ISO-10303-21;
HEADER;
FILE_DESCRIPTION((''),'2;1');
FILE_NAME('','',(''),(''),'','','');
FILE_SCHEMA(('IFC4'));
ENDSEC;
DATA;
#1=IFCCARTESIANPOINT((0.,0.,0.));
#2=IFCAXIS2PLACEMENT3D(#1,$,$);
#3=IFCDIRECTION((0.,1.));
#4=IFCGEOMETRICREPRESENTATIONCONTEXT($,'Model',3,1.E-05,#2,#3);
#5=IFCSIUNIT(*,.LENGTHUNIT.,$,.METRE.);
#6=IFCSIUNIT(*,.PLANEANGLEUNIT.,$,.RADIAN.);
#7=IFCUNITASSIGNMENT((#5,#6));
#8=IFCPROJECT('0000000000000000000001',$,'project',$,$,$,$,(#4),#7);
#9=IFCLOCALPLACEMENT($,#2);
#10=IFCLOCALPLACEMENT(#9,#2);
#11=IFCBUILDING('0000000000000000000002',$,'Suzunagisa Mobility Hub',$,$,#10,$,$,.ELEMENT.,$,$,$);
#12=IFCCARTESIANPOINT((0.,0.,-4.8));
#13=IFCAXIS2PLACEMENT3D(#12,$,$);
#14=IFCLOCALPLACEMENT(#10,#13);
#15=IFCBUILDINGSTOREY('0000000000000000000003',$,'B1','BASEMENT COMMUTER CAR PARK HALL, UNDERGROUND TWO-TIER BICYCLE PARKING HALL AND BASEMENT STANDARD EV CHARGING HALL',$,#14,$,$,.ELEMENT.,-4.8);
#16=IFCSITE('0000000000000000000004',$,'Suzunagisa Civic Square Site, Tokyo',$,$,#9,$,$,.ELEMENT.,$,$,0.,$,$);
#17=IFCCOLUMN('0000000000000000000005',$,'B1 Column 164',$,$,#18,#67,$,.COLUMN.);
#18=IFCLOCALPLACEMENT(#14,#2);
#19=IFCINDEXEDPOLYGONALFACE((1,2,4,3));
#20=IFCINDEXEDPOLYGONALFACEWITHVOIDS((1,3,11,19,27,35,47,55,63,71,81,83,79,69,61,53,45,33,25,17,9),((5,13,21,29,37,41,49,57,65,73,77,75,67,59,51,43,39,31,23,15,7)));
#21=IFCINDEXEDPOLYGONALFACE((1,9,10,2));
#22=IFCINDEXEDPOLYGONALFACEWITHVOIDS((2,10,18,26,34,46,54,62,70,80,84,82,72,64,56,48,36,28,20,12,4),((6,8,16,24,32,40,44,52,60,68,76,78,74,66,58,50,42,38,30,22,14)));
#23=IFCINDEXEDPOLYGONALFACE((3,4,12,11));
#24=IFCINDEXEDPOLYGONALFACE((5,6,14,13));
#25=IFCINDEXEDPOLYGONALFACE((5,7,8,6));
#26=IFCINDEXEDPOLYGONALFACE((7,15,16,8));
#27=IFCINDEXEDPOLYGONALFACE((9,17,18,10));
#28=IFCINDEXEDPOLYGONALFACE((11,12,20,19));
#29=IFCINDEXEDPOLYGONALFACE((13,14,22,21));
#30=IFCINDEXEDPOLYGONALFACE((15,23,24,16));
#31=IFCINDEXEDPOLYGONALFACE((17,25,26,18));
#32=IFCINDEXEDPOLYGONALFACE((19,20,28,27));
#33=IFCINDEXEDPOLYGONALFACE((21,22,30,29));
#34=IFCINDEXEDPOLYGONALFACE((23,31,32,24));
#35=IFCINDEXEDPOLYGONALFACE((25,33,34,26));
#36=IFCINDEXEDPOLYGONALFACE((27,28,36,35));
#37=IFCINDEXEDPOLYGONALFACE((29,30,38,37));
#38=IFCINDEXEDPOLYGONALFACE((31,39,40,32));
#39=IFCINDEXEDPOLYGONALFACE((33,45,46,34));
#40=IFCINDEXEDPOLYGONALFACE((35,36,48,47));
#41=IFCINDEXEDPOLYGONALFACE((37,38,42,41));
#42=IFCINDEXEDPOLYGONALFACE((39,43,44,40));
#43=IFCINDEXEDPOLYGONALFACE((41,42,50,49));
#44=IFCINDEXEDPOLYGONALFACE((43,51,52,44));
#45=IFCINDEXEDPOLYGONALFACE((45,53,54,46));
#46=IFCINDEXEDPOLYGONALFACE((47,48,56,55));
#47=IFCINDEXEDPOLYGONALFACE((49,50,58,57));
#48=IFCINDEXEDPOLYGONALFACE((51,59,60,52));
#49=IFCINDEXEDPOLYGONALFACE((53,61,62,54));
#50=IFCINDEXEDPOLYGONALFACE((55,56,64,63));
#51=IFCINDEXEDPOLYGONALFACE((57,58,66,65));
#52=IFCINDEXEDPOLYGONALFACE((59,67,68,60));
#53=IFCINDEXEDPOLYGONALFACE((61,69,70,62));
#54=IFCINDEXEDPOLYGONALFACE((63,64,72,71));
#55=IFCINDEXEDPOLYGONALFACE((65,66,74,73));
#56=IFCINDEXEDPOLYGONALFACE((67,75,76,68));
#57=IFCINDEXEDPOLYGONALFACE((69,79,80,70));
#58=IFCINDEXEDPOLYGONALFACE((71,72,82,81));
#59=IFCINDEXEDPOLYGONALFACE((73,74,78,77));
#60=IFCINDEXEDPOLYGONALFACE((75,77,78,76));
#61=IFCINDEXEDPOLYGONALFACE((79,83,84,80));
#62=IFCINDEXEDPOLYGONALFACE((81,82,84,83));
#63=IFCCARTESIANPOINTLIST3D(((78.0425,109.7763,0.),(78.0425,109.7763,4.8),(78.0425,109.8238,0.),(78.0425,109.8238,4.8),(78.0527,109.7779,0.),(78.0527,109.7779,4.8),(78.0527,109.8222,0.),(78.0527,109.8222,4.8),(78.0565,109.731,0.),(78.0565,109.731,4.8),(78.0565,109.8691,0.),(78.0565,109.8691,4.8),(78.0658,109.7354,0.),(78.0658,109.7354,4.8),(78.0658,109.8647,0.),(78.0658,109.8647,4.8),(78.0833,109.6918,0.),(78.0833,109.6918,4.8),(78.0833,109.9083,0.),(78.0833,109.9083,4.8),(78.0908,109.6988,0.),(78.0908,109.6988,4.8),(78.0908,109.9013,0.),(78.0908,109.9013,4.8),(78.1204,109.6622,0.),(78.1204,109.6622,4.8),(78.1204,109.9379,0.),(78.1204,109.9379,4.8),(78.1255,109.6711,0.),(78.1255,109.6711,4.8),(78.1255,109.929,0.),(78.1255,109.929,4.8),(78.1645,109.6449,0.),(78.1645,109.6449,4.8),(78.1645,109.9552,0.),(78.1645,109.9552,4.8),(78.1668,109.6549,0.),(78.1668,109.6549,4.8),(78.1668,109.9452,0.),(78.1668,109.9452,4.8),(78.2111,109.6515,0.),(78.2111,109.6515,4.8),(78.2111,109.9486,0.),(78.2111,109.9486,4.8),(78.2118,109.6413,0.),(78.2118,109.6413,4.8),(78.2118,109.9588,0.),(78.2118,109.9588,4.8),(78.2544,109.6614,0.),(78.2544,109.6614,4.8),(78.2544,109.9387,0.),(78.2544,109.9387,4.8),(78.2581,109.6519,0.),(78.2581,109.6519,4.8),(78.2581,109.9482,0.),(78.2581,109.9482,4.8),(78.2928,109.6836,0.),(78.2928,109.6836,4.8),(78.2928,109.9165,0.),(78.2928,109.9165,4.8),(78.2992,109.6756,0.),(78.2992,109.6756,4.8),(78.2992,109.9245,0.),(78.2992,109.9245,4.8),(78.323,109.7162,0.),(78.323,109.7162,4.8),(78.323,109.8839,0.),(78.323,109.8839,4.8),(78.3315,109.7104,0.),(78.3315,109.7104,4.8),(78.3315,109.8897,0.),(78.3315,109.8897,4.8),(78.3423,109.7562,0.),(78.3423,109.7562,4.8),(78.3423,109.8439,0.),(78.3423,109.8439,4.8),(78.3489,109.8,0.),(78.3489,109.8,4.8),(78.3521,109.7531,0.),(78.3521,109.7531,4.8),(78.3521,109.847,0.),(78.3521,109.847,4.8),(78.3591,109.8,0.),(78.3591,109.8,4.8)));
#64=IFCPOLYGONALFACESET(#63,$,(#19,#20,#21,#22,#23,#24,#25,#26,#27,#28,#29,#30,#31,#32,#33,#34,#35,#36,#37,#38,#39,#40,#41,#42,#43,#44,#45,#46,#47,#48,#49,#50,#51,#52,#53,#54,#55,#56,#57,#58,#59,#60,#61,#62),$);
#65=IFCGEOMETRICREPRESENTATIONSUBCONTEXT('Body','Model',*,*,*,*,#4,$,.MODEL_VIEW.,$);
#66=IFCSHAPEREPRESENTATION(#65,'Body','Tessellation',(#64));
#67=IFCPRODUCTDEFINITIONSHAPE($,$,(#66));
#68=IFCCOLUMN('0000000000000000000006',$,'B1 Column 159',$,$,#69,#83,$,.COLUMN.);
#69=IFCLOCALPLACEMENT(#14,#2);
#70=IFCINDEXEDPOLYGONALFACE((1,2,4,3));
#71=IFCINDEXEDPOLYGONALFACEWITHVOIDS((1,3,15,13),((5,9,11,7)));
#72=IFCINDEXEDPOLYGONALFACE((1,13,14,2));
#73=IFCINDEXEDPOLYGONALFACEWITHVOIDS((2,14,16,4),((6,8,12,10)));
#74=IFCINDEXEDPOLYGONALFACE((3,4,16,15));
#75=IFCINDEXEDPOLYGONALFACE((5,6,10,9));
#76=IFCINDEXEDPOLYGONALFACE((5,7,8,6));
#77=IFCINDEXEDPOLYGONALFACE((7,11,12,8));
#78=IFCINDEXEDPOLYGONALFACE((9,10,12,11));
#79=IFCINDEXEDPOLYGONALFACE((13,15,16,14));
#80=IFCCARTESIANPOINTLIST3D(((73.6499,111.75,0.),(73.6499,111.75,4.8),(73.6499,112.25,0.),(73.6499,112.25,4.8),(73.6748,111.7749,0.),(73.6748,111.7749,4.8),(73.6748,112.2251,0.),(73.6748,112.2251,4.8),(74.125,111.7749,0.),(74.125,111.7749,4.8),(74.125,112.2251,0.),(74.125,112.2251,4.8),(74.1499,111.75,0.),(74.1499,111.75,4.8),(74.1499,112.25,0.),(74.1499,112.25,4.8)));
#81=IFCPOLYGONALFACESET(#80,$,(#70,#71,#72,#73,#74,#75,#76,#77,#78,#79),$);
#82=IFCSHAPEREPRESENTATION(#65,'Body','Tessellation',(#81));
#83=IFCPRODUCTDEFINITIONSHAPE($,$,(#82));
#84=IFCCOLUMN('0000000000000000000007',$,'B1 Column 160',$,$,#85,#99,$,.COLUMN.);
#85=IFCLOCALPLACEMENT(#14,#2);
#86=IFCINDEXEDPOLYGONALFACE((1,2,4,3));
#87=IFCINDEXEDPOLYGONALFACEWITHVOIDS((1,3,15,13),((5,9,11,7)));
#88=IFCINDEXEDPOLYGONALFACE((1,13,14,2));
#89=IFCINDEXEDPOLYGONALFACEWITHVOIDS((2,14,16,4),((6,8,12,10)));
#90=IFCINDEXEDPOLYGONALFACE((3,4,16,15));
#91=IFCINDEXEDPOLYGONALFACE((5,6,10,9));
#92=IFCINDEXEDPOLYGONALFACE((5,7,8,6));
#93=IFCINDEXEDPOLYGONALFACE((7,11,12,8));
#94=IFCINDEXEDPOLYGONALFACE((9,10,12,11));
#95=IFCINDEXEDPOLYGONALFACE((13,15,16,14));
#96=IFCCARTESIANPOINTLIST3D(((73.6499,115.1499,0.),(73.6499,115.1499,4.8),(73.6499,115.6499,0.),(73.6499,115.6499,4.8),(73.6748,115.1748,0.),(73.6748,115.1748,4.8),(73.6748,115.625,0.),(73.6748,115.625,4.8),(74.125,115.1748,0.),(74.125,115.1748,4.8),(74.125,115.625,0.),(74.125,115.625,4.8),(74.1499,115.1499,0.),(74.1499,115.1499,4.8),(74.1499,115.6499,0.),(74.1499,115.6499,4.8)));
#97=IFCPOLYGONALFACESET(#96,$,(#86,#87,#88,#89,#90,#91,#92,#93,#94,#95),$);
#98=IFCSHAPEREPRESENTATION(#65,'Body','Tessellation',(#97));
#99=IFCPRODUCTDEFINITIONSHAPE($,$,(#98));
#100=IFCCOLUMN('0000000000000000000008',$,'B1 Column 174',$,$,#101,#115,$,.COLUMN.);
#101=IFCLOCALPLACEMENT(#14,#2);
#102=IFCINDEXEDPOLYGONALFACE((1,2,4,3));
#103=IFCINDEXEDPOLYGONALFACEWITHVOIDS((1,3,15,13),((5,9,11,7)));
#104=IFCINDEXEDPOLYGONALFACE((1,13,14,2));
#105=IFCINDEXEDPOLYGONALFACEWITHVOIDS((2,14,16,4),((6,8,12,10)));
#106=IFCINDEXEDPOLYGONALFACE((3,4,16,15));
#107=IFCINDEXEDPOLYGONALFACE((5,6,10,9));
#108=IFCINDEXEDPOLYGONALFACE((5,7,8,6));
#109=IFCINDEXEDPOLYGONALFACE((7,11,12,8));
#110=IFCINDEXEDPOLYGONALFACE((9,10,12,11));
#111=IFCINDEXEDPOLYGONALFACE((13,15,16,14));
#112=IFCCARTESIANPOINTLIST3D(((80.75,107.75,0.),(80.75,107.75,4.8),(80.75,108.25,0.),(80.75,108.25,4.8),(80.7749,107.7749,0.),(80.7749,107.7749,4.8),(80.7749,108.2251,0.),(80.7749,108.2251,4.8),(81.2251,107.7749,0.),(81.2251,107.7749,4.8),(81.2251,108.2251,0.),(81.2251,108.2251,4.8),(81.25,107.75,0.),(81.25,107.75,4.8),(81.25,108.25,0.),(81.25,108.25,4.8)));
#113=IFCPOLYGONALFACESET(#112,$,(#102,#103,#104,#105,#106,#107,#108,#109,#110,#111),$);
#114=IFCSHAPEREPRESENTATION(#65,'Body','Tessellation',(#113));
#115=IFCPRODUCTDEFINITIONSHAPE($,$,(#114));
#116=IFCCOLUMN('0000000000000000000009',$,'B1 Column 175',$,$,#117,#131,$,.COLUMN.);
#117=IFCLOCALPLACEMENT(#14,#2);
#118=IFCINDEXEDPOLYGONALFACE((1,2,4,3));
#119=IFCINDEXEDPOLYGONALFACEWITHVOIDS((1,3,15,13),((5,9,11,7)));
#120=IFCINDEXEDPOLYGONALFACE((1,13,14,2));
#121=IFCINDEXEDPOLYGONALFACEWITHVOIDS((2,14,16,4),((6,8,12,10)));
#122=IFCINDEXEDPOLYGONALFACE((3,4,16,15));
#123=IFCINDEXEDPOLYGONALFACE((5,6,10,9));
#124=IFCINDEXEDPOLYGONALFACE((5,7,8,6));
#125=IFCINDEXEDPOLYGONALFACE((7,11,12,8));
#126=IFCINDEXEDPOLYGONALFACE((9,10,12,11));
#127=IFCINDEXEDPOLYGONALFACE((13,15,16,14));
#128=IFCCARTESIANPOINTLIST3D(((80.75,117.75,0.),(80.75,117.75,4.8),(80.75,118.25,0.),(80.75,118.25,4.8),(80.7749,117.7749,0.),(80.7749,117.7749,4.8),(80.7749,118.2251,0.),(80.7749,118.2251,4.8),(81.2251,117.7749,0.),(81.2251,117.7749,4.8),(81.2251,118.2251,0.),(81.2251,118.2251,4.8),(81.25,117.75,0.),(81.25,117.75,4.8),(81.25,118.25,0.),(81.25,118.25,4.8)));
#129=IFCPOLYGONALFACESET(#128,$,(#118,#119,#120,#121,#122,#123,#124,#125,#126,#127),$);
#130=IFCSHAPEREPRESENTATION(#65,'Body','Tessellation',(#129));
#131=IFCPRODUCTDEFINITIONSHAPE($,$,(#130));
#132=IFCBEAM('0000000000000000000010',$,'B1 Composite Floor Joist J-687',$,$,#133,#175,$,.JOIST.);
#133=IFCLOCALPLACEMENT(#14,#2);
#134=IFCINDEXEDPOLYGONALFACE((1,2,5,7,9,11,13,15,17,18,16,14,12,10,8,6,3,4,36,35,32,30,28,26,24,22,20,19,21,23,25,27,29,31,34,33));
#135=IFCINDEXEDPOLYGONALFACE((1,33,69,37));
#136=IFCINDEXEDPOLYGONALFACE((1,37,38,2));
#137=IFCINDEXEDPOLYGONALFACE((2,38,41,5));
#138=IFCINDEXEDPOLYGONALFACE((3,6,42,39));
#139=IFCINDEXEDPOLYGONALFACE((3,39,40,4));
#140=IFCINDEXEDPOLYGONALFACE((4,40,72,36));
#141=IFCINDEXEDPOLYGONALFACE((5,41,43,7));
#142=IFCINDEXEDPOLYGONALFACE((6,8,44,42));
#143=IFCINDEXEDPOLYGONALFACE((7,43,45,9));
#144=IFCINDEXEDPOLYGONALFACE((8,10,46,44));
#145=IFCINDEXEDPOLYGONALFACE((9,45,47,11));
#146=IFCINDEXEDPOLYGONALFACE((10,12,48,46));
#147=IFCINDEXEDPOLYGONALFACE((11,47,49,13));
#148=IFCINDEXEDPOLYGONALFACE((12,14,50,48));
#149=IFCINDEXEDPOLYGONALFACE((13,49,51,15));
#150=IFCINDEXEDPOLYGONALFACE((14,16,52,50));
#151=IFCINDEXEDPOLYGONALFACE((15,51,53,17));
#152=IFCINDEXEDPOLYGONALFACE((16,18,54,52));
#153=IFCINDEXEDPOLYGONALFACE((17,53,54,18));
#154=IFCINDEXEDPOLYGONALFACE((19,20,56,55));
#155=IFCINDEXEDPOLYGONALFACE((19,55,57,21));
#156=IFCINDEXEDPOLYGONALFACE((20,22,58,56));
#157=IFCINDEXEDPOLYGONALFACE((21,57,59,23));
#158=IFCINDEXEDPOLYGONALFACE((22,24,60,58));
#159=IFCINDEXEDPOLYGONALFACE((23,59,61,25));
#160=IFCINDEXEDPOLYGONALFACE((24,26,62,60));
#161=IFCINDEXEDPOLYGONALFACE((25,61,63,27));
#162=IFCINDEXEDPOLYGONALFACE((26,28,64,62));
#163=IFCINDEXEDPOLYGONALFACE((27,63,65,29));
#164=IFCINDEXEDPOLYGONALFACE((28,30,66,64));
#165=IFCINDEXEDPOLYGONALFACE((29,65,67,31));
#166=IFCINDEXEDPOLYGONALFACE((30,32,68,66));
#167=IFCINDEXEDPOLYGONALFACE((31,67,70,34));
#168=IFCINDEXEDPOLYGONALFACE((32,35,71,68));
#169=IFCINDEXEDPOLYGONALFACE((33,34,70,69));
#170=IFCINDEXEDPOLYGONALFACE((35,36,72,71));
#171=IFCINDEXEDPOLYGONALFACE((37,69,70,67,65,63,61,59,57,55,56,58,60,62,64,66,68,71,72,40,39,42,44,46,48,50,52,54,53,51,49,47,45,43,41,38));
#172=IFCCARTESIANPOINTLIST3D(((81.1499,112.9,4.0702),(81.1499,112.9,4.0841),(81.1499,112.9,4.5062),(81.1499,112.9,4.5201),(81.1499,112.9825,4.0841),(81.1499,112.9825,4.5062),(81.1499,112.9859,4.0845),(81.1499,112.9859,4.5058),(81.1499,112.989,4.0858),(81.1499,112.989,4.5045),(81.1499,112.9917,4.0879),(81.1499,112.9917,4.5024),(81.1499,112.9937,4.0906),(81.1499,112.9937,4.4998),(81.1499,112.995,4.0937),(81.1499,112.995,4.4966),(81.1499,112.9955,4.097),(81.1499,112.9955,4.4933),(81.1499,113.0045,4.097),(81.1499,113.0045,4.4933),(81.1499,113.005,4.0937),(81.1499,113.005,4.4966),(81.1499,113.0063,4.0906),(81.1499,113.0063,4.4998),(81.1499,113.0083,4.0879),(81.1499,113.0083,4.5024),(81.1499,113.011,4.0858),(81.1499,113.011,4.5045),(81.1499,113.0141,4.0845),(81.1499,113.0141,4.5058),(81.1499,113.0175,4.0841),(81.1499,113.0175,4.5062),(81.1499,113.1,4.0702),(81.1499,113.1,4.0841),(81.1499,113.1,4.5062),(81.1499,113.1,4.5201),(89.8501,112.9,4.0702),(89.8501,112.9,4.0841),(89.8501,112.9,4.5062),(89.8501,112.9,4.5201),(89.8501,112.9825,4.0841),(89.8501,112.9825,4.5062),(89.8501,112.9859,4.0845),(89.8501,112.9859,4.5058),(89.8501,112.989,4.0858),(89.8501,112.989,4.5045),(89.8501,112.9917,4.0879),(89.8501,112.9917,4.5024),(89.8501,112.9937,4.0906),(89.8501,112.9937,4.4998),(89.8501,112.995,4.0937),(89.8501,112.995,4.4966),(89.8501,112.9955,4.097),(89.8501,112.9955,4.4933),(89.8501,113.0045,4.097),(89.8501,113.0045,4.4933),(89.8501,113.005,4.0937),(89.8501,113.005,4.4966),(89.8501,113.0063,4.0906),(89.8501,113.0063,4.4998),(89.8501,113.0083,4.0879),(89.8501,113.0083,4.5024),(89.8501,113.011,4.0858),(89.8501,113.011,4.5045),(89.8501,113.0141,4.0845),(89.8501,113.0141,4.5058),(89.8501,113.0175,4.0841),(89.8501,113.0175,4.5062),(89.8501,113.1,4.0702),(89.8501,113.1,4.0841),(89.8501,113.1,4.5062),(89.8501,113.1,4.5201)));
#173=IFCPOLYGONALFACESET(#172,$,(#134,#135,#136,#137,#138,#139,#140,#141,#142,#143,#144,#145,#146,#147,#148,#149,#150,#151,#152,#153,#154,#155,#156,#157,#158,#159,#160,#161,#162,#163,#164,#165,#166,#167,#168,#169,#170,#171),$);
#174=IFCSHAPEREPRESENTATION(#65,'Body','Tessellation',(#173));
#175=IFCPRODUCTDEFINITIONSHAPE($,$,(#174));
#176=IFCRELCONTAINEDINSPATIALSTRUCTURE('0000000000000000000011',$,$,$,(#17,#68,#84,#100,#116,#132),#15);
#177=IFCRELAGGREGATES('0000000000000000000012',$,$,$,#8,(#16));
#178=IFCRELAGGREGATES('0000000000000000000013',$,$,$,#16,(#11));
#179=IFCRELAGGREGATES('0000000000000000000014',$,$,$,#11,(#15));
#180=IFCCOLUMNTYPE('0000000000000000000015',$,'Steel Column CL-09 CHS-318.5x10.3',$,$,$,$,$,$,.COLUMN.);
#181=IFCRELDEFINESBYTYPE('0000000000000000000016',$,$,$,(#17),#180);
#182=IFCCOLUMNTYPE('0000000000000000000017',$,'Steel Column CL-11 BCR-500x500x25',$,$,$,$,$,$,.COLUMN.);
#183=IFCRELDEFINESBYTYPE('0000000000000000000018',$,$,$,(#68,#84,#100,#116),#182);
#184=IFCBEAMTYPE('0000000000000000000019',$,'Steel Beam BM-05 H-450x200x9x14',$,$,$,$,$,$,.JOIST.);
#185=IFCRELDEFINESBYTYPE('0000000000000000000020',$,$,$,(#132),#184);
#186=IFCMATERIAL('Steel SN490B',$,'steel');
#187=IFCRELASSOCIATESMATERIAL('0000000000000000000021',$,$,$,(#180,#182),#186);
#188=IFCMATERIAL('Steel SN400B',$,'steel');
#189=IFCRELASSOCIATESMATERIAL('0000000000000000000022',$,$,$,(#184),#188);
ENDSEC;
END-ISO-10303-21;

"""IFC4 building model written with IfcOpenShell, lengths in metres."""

from ifc_helpers import new_model, si_unit, direction, frame, origin, origin_2d, place, context, subcontext, project, spatial, hollow_rectangle, hollow_circle, i_section, extrude, material, material_profile, profile_set, type_object, element, save


model = new_model("IFC4")

# Units and contexts
model_context = context("Model", 3, precision=1e-05, world=origin(), true_north=direction((0.0, 1.0)))
body_context = subcontext(model_context, "Body", "Model", "MODEL_VIEW")
ifc_project = project(units=[si_unit("LENGTHUNIT", "METRE"), si_unit("PLANEANGLEUNIT", "RADIAN")], contexts=[model_context])

# Site, building, storey
site_placement = place(None, origin())
site = spatial("IfcSite", under=ifc_project, at=site_placement, Name="Suzunagisa Civic Square Site, Tokyo", CompositionType="ELEMENT", RefElevation=0.0)
building_placement = place(site_placement, origin())
building = spatial("IfcBuilding", under=site, at=building_placement, Name="Suzunagisa Mobility Hub", CompositionType="ELEMENT")
storey_placement = place(building_placement, frame((0.0, 0.0, -4.8)))
storey = spatial("IfcBuildingStorey", under=building, at=storey_placement, Name="B1", Description="BASEMENT COMMUTER CAR PARK HALL, UNDERGROUND TWO-TIER BICYCLE PARKING HALL AND BASEMENT STANDARD EV CHARGING HALL", CompositionType="ELEMENT", Elevation=-4.8)

# Columns
ifc_material_1 = material(Name="Steel SN490B", Category="steel")
ifc_material_profile_1 = material_profile(ifc_material_1, hollow_circle(Radius=0.1592, WallThickness=0.0103, at=origin_2d()), Name="CHS-318.5x10.3")
ifc_profile_set_1 = profile_set([ifc_material_profile_1], Name="Steel SN490B")
column_type_1 = type_object("IfcColumnType", Name="Steel Column CL-09 CHS-318.5x10.3", PredefinedType="COLUMN", material=ifc_profile_set_1)
for number, where, z_axis, x_axis, name in (
    (1, (78.2, 109.8, 0.0), (0.0, 0.0, 1.0), (1.0, 0.0, 0.0), "B1 Column 164"),
):
    element("IfcColumn", number, at=place(storey_placement, frame(where, z_axis=z_axis, x_axis=x_axis)), inside=storey, type_object=column_type_1, Name=name, PredefinedType="COLUMN", context=body_context, shape_type="SweptSolid", body=[
        extrude(hollow_circle(Radius=0.1592, WallThickness=0.0103, at=origin_2d()), origin(), (0.0, 0.0, 1.0), 4.8),
    ])
ifc_material_profile_2 = material_profile(ifc_material_1, hollow_rectangle(XDim=0.5, YDim=0.5, WallThickness=0.0249, at=origin_2d()), Name="BCR-500x500x25")
ifc_profile_set_2 = profile_set([ifc_material_profile_2], Name="Steel SN490B")
column_type_2 = type_object("IfcColumnType", Name="Steel Column CL-11 BCR-500x500x25", PredefinedType="COLUMN", material=ifc_profile_set_2)
for number, where, z_axis, x_axis, name in (
    (2, (73.8999, 112.0, 0.0), (0.0, 0.0, 1.0), (1.0, 0.0, 0.0), "B1 Column 159"),
    (3, (73.8999, 115.3999, 0.0), (0.0, 0.0, 1.0), (1.0, 0.0, 0.0), "B1 Column 160"),
    (4, (81.0, 108.0, 0.0), (0.0, 0.0, 1.0), (1.0, 0.0, 0.0), "B1 Column 174"),
    (5, (81.0, 118.0, 0.0), (0.0, 0.0, 1.0), (1.0, 0.0, 0.0), "B1 Column 175"),
):
    element("IfcColumn", number, at=place(storey_placement, frame(where, z_axis=z_axis, x_axis=x_axis)), inside=storey, type_object=column_type_2, Name=name, PredefinedType="COLUMN", context=body_context, shape_type="SweptSolid", body=[
        extrude(hollow_rectangle(XDim=0.5, YDim=0.5, WallThickness=0.0249, at=origin_2d()), origin(), (0.0, 0.0, 1.0), 4.8),
    ])

# Beam
ifc_material_2 = material(Name="Steel SN400B", Category="steel")
ifc_material_profile_3 = material_profile(ifc_material_2, i_section(OverallWidth=0.2, OverallDepth=0.45, WebThickness=0.009, FlangeThickness=0.0139, FilletRadius=0.0129, at=origin_2d()), Name="H-450x200x9x14")
ifc_profile_set_3 = profile_set([ifc_material_profile_3], Name="Steel SN400B")
beam_type_1 = type_object("IfcBeamType", Name="Steel Beam BM-05 H-450x200x9x14", PredefinedType="JOIST", material=ifc_profile_set_3)
beam_1_placement = place(storey_placement, frame((81.1499, 113.0, 4.2952), z_axis=(1.0, 0.0, 0.0), x_axis=(0.0, 1.0, 0.0)))
element("IfcBeam", 6, at=beam_1_placement, inside=storey, type_object=beam_type_1, Name="B1 Composite Floor Joist J-687", PredefinedType="JOIST", context=body_context, shape_type="SweptSolid", body=[
    extrude(i_section(OverallWidth=0.2, OverallDepth=0.45, WebThickness=0.009, FlangeThickness=0.0139, FilletRadius=0.0129, at=origin_2d()), origin(), (0.0, 0.0, 1.0), 8.7002),
])

save(model, "model.ifc")
